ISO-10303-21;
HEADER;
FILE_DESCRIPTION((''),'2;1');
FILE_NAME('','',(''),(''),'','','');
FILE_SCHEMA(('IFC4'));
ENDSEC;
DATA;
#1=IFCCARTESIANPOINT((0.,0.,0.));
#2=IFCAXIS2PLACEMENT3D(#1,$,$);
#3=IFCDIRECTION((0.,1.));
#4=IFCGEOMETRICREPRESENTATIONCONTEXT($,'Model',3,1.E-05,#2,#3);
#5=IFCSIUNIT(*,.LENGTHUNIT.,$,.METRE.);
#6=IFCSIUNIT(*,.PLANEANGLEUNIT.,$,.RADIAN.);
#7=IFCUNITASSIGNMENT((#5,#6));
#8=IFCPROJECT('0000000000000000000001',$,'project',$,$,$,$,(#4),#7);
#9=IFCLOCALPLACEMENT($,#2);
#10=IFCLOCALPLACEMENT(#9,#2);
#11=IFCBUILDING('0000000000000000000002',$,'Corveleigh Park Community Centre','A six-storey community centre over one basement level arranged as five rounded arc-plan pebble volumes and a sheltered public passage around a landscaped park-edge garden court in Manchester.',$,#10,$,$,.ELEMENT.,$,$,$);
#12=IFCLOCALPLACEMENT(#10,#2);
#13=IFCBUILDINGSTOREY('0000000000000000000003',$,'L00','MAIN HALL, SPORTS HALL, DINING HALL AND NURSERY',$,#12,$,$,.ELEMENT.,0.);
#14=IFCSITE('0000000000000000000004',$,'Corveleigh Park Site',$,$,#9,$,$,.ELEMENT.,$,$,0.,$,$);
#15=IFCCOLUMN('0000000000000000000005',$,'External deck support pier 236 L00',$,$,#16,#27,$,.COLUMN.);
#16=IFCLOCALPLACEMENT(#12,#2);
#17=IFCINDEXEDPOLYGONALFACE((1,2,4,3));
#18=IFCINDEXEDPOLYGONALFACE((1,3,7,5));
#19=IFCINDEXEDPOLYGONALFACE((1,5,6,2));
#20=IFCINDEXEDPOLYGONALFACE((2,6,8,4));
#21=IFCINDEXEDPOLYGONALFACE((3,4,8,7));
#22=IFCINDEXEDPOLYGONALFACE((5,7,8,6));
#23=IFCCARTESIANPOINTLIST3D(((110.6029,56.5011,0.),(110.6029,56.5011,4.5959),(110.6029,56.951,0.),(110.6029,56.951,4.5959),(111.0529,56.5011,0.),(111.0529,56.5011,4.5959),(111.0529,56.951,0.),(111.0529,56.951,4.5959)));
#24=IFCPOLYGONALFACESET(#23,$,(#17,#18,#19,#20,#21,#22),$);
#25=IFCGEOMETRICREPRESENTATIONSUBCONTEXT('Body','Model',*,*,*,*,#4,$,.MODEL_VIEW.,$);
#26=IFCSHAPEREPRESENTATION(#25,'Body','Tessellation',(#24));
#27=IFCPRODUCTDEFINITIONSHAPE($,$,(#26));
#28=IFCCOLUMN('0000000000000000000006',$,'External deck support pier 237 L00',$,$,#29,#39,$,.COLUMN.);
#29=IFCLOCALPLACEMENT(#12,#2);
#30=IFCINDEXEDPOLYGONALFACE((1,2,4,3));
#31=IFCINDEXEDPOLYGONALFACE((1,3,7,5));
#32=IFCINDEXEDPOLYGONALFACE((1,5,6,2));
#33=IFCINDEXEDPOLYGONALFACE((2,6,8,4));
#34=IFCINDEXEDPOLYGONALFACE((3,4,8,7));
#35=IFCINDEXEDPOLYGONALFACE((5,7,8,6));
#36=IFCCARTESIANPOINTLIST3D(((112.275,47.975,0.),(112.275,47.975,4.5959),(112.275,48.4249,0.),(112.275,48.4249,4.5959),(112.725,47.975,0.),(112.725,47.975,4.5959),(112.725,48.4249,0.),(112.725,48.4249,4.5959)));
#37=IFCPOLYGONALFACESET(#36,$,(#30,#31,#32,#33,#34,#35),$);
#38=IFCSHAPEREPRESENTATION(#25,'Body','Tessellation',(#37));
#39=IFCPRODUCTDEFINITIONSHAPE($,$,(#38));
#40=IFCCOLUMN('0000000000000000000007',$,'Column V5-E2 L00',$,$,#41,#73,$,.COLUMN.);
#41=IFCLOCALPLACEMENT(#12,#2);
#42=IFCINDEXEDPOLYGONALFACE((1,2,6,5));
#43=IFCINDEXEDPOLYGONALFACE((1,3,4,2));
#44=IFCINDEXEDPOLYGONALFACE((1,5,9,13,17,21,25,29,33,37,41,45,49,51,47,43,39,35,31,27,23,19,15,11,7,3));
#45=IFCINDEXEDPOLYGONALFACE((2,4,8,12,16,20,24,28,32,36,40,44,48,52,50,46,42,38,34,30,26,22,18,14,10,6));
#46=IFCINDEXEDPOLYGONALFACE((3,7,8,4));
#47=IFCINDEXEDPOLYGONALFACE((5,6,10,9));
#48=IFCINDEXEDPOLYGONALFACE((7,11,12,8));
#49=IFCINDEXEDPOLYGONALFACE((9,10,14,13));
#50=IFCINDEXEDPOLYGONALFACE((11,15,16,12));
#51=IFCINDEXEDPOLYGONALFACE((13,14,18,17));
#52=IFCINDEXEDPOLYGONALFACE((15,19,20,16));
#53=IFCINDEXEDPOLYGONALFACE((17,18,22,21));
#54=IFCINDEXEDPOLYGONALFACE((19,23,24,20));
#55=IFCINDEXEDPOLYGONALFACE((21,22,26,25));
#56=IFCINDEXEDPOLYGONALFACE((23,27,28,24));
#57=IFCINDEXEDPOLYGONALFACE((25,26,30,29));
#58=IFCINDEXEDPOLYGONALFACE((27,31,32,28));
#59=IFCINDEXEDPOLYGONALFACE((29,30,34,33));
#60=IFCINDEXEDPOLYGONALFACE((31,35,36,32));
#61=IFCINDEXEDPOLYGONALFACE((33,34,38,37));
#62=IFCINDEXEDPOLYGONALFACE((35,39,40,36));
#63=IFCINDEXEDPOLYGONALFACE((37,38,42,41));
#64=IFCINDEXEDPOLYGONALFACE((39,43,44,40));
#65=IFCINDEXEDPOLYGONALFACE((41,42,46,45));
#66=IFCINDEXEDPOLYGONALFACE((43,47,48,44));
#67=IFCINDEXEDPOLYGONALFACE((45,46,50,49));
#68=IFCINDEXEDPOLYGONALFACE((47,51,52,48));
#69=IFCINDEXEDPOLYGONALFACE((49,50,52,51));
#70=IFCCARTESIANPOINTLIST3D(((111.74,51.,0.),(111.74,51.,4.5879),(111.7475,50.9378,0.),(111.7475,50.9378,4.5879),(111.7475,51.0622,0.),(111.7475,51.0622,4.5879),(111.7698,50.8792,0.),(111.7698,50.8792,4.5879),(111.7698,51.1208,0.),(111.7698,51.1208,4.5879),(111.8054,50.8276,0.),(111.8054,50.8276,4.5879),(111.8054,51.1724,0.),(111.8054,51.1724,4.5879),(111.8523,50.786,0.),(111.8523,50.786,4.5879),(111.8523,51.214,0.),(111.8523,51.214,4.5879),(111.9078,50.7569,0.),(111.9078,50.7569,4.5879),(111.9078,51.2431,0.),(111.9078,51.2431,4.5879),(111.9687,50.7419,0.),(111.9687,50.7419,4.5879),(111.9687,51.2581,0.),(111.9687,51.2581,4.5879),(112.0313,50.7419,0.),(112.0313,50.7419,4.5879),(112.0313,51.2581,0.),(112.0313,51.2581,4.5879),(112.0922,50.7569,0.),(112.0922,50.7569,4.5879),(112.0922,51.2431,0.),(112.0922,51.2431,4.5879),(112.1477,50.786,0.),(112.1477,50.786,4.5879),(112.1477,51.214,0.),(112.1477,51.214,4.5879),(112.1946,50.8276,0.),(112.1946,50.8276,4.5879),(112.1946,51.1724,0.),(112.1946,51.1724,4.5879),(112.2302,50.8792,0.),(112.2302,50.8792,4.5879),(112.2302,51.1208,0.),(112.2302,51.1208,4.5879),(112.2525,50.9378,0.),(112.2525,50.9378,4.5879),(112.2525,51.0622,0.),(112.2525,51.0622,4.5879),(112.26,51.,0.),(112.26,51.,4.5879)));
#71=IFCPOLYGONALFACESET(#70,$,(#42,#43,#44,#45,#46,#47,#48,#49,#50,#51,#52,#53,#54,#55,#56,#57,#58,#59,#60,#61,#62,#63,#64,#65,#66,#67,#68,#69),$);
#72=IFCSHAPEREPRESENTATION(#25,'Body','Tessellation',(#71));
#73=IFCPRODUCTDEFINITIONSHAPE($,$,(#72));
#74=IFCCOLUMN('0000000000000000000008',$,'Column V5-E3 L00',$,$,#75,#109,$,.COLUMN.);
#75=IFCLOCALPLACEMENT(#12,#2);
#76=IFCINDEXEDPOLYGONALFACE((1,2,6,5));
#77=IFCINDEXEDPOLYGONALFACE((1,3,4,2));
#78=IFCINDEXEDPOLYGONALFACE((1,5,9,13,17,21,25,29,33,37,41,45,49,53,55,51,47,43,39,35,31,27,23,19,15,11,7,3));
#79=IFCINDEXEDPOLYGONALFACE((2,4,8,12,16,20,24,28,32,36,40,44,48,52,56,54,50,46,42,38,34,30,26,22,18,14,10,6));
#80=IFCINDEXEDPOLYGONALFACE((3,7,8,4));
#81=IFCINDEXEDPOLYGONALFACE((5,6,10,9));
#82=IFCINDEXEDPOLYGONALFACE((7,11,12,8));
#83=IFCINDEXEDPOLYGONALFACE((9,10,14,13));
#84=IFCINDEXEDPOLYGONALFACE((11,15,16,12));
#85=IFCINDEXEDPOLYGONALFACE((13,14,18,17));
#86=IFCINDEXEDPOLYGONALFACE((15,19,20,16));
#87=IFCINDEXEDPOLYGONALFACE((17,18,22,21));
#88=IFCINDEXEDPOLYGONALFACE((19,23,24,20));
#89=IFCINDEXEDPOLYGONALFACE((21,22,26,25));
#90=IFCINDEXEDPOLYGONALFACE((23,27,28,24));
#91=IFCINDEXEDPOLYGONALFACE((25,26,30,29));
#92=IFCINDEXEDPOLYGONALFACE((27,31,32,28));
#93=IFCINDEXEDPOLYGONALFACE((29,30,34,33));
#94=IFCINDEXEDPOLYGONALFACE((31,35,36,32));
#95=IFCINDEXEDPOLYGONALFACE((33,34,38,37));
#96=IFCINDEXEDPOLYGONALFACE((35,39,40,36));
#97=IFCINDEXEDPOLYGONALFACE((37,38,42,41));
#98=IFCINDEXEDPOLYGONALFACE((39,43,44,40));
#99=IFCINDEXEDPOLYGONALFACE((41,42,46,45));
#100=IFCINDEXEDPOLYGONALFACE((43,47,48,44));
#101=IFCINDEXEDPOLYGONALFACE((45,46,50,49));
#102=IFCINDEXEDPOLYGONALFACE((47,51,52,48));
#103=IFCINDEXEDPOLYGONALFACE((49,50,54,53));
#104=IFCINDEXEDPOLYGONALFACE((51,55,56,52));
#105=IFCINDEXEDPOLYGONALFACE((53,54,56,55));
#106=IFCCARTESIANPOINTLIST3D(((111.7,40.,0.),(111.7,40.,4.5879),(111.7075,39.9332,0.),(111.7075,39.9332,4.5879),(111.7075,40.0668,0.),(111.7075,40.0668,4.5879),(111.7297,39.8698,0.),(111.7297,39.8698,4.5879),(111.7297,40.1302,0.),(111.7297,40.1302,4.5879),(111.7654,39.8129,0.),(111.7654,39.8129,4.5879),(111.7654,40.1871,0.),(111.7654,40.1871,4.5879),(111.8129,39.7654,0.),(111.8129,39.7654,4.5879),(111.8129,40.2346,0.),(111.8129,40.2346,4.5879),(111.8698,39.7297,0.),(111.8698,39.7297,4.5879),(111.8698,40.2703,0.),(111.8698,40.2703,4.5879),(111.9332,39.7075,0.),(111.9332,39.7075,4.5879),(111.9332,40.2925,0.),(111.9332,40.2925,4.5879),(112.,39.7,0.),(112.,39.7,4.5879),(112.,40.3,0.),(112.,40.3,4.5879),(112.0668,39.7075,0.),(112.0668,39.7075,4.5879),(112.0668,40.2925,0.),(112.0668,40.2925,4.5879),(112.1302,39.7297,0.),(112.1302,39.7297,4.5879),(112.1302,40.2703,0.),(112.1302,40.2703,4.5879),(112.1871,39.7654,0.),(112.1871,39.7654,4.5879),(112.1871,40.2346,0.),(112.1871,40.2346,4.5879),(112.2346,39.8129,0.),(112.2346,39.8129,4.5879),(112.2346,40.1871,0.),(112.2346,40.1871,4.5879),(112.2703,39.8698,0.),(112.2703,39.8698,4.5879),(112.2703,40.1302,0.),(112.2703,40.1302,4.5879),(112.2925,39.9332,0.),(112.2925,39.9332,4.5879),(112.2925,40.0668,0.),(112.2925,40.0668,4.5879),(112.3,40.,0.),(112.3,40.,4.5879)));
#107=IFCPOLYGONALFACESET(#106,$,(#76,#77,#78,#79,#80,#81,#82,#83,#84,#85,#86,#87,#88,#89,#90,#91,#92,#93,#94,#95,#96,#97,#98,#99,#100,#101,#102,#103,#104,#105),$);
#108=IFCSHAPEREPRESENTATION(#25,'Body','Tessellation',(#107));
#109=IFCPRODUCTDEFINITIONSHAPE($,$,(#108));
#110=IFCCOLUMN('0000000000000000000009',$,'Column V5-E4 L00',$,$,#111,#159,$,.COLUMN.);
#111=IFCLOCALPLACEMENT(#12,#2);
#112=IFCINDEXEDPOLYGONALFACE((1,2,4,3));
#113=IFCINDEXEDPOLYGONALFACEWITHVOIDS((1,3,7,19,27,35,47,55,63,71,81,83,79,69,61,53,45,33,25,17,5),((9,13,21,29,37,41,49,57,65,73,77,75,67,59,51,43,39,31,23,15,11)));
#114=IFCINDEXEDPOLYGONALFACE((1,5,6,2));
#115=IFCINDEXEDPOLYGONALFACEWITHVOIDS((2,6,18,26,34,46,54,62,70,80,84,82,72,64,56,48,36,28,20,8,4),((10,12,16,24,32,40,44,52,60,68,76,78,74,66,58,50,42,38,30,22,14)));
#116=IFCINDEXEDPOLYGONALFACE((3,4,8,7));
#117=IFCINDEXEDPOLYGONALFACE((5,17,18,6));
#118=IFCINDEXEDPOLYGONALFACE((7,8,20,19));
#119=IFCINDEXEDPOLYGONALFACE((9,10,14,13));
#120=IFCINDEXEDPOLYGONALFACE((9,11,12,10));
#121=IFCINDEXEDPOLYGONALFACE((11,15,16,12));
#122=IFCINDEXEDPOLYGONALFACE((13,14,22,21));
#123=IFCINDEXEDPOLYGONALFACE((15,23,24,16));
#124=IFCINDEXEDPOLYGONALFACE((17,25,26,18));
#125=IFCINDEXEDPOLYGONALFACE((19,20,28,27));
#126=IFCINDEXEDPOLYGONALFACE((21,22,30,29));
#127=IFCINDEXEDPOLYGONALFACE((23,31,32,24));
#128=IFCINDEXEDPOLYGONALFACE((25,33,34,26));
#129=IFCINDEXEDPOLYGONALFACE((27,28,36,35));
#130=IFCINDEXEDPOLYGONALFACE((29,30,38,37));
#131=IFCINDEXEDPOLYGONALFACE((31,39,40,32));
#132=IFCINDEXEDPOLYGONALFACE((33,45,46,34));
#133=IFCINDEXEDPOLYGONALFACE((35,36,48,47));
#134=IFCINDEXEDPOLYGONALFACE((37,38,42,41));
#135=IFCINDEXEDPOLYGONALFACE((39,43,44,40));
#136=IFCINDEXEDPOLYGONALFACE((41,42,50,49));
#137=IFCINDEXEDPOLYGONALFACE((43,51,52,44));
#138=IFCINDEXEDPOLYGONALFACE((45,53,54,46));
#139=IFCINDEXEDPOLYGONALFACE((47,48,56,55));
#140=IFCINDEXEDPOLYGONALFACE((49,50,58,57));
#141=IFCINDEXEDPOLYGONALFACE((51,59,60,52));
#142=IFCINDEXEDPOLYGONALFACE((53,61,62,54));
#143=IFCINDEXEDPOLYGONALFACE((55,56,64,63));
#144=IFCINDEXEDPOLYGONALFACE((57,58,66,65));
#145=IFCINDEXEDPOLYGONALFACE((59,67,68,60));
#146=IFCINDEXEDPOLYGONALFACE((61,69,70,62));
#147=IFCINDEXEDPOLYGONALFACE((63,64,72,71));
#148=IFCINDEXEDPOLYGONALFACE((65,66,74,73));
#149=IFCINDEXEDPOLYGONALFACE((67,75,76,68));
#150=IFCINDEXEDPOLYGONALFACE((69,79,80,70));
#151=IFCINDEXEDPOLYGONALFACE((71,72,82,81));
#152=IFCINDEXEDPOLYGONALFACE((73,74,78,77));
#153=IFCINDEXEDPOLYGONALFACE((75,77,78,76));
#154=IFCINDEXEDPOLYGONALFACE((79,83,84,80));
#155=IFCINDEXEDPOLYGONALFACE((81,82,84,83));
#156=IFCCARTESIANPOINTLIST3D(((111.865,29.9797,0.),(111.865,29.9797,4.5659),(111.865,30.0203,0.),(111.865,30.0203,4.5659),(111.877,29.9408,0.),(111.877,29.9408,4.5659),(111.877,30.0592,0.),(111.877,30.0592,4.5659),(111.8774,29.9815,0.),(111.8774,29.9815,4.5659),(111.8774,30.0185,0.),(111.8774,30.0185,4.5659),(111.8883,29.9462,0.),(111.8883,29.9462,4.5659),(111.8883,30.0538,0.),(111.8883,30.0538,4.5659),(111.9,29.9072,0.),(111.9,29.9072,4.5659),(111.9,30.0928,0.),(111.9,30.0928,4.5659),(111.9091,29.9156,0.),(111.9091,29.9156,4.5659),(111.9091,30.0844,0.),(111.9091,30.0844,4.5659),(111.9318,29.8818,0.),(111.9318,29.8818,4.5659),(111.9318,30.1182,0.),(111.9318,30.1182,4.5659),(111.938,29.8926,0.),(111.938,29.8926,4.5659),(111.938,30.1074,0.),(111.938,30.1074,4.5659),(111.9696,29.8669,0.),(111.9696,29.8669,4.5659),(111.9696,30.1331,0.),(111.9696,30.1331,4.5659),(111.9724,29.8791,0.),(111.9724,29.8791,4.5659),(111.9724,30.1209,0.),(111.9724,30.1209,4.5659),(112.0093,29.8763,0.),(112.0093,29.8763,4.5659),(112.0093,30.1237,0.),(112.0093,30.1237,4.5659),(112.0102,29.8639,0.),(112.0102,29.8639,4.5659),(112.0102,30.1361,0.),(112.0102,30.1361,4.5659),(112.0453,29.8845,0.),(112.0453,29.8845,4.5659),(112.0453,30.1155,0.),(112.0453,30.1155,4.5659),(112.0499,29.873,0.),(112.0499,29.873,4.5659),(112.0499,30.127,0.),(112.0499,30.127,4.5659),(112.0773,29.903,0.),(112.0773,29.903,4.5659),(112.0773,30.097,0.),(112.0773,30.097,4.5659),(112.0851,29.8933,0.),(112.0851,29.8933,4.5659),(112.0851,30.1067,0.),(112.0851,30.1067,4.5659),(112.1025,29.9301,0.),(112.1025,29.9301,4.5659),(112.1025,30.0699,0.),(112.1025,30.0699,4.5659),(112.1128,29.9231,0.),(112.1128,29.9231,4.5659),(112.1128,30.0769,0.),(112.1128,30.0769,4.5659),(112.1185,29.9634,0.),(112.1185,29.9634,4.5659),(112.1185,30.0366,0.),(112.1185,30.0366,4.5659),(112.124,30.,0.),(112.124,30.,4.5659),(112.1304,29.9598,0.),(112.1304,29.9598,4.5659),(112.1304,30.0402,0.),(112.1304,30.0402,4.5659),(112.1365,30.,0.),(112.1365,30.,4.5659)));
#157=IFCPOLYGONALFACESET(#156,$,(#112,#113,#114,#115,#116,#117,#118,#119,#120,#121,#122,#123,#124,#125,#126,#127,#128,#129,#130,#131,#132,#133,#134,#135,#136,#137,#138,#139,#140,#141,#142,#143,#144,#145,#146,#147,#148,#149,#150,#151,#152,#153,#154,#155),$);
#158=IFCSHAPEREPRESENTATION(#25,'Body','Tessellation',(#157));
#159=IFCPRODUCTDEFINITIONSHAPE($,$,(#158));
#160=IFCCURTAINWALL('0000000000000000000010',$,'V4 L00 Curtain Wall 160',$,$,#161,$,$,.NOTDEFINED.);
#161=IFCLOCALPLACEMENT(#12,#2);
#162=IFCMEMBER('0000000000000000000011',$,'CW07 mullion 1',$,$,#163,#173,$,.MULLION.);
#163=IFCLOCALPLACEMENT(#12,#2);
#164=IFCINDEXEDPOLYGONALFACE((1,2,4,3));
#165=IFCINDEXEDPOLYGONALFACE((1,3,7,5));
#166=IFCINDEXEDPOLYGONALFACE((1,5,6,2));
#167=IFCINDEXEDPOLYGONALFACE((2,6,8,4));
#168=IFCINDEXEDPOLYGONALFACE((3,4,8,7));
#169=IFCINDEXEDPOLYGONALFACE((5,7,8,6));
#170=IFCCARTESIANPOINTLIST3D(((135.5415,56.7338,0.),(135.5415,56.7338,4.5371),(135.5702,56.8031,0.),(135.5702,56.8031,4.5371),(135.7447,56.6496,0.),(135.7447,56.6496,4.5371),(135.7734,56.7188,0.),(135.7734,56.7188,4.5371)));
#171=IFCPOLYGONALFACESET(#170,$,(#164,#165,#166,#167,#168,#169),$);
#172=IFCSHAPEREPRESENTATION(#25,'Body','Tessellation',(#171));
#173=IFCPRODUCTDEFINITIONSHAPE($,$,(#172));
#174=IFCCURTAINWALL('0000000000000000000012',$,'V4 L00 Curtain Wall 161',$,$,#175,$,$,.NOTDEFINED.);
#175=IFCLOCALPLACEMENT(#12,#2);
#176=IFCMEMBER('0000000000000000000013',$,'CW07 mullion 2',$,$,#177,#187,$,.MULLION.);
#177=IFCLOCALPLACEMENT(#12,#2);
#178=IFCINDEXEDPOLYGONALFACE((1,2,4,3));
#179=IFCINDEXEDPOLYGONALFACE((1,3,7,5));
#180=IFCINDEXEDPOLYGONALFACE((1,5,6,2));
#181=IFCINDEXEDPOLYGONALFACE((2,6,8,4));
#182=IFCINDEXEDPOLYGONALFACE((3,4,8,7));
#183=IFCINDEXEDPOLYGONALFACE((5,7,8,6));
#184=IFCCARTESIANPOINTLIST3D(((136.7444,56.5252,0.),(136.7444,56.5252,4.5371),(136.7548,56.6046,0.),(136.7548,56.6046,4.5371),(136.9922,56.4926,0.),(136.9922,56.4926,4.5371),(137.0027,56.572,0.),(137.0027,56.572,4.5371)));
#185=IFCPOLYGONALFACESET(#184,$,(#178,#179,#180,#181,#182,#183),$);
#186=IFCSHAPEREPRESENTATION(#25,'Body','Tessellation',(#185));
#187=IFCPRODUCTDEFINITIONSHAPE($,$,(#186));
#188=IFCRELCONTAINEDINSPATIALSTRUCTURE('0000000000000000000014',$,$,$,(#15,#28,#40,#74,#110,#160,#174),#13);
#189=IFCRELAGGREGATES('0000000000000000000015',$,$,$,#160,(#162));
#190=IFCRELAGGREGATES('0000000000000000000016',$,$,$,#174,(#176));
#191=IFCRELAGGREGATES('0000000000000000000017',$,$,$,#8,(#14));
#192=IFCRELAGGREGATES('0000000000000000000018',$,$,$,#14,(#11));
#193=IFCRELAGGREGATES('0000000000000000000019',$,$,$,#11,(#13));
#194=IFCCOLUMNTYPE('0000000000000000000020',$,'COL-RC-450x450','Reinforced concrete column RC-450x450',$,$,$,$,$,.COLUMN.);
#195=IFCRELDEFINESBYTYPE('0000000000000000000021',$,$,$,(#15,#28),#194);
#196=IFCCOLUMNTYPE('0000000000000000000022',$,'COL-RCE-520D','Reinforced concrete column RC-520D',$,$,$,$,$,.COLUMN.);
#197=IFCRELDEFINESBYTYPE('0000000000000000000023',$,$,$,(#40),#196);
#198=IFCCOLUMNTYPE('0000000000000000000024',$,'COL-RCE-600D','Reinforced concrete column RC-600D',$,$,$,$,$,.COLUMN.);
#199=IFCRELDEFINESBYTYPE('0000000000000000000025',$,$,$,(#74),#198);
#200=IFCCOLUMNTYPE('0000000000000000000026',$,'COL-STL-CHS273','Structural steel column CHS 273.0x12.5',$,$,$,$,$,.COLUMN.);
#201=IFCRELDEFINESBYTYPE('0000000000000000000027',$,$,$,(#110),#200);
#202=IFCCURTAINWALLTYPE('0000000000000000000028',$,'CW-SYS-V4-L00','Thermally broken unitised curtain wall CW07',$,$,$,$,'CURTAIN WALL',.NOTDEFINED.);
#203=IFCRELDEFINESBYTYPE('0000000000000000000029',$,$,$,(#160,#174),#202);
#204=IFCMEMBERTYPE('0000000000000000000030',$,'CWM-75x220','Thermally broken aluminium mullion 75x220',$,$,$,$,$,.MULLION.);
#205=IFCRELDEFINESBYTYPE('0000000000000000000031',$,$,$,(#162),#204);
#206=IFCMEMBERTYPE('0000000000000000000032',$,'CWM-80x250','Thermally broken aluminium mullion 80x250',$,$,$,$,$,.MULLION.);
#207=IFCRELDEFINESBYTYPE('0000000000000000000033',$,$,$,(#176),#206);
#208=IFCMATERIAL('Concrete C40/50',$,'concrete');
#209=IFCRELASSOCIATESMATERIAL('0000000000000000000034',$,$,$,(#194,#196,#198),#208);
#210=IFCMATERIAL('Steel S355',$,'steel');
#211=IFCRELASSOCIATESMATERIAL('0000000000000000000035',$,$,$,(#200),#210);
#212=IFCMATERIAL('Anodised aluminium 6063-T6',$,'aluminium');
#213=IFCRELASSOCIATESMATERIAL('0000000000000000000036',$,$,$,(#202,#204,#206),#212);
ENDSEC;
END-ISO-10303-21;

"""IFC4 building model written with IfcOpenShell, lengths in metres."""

from ifc_helpers import new_model, si_unit, direction, frame, origin, origin_2d, place, context, subcontext, project, spatial, rectangle, circle, hollow_circle, extrude, material, material_profile, profile_set, type_object, element, aggregate, save


model = new_model("IFC4")

# Units and contexts
model_context = context("Model", 3, precision=1e-05, world=origin(), true_north=direction((0.0, 1.0)))
body_context = subcontext(model_context, "Body", "Model", "MODEL_VIEW")
ifc_project = project(units=[si_unit("LENGTHUNIT", "METRE"), si_unit("PLANEANGLEUNIT", "RADIAN")], contexts=[model_context])

# Site, building, storey
site_placement = place(None, origin())
site = spatial("IfcSite", under=ifc_project, at=site_placement, Name="Corveleigh Park Site", CompositionType="ELEMENT", RefElevation=0.0)
building_placement = place(site_placement, origin())
building = spatial("IfcBuilding", under=site, at=building_placement, Name="Corveleigh Park Community Centre", Description="A six-storey community centre over one basement level arranged as five rounded arc-plan pebble volumes and a sheltered public passage around a landscaped park-edge garden court in Manchester.", CompositionType="ELEMENT")
storey_placement = place(building_placement, origin())
storey = spatial("IfcBuildingStorey", under=building, at=storey_placement, Name="L00", Description="MAIN HALL, SPORTS HALL, DINING HALL AND NURSERY", CompositionType="ELEMENT", Elevation=0.0)

# Columns
ifc_material_1 = material(Name="Concrete C40/50", Category="concrete")
ifc_material_profile_1 = material_profile(ifc_material_1, rectangle(XDim=0.45, YDim=0.45, at=origin_2d()), Name="RC-450x450", Category="concrete")
ifc_profile_set_1 = profile_set([ifc_material_profile_1], Name="Concrete C40/50")
column_type_1 = type_object("IfcColumnType", Name="COL-RC-450x450", Description="Reinforced concrete column RC-450x450", PredefinedType="COLUMN", material=ifc_profile_set_1)
for number, where, z_axis, x_axis, name in (
    (1, (110.8279, 56.7261, 0.0), (0.0, 0.0, 1.0), (1.0, 0.0, 0.0), "External deck support pier 236 L00"),
    (2, (112.5, 48.2, 0.0), (0.0, 0.0, 1.0), (1.0, 0.0, 0.0), "External deck support pier 237 L00"),
):
    element("IfcColumn", number, at=place(storey_placement, frame(where, z_axis=z_axis, x_axis=x_axis)), inside=storey, type_object=column_type_1, Name=name, PredefinedType="COLUMN", context=body_context, shape_type="SweptSolid", body=[
        extrude(rectangle(XDim=0.45, YDim=0.45, at=origin_2d()), origin(), (0.0, 0.0, 1.0), 4.5959),
    ])
ifc_material_profile_2 = material_profile(ifc_material_1, circle(Radius=0.26, at=origin_2d()), Name="RC-520D", Category="concrete")
ifc_profile_set_2 = profile_set([ifc_material_profile_2], Name="Concrete C40/50")
column_type_2 = type_object("IfcColumnType", Name="COL-RCE-520D", Description="Reinforced concrete column RC-520D", PredefinedType="COLUMN", material=ifc_profile_set_2)
column_1_placement = place(storey_placement, frame((112.0, 51.0, 0.0), z_axis=(0.0, 0.0, 1.0), x_axis=(1.0, 0.0, 0.0)))
element("IfcColumn", 3, at=column_1_placement, inside=storey, type_object=column_type_2, Name="Column V5-E2 L00", PredefinedType="COLUMN", context=body_context, shape_type="SweptSolid", body=[
    extrude(circle(Radius=0.26, at=origin_2d()), origin(), (0.0, 0.0, 1.0), 4.5879),
])
ifc_material_profile_3 = material_profile(ifc_material_1, circle(Radius=0.3, at=origin_2d()), Name="RC-600D", Category="concrete")
ifc_profile_set_3 = profile_set([ifc_material_profile_3], Name="Concrete C40/50")
column_type_3 = type_object("IfcColumnType", Name="COL-RCE-600D", Description="Reinforced concrete column RC-600D", PredefinedType="COLUMN", material=ifc_profile_set_3)
column_2_placement = place(storey_placement, frame((112.0, 40.0, 0.0), z_axis=(0.0, 0.0, 1.0), x_axis=(1.0, 0.0, 0.0)))
element("IfcColumn", 4, at=column_2_placement, inside=storey, type_object=column_type_3, Name="Column V5-E3 L00", PredefinedType="COLUMN", context=body_context, shape_type="SweptSolid", body=[
    extrude(circle(Radius=0.3, at=origin_2d()), origin(), (0.0, 0.0, 1.0), 4.5879),
])
ifc_material_2 = material(Name="Steel S355", Category="steel")
ifc_material_profile_4 = material_profile(ifc_material_2, hollow_circle(Radius=0.1365, WallThickness=0.0125, at=origin_2d()), Name="CHS 273.0x12.5", Category="steel")
ifc_profile_set_4 = profile_set([ifc_material_profile_4], Name="Steel S355")
column_type_4 = type_object("IfcColumnType", Name="COL-STL-CHS273", Description="Structural steel column CHS 273.0x12.5", PredefinedType="COLUMN", material=ifc_profile_set_4)
column_3_placement = place(storey_placement, frame((112.0, 30.0, 0.0), z_axis=(0.0, 0.0, 1.0), x_axis=(1.0, 0.0, 0.0)))
element("IfcColumn", 5, at=column_3_placement, inside=storey, type_object=column_type_4, Name="Column V5-E4 L00", PredefinedType="COLUMN", context=body_context, shape_type="SweptSolid", body=[
    extrude(hollow_circle(Radius=0.1365, WallThickness=0.0125, at=origin_2d()), origin(), (0.0, 0.0, 1.0), 4.5659),
])

# Curtain wall, member
ifc_material_3 = material(Name="Anodised aluminium 6063-T6", Category="aluminium")
curtain_wall_type = type_object("IfcCurtainWallType", Name="CW-SYS-V4-L00", Description="Thermally broken unitised curtain wall CW07", ElementType="CURTAIN WALL", PredefinedType="NOTDEFINED", material=ifc_material_3)
curtain_wall_1_placement = place(storey_placement, origin())
curtain_wall_1 = element("IfcCurtainWall", 6, at=curtain_wall_1_placement, inside=storey, type_object=curtain_wall_type, Name="V4 L00 Curtain Wall 160", PredefinedType="NOTDEFINED")
ifc_material_profile_5 = material_profile(ifc_material_3, rectangle(XDim=0.075, YDim=0.22, at=origin_2d()), Name="ALU-M75x220", Category="aluminium")
ifc_profile_set_5 = profile_set([ifc_material_profile_5], Name="Anodised aluminium 6063-T6")
member_type_1 = type_object("IfcMemberType", Name="CWM-75x220", Description="Thermally broken aluminium mullion 75x220", PredefinedType="MULLION", material=ifc_profile_set_5)
member_1_placement = place(storey_placement, frame((135.6575, 56.7263, 0.0), z_axis=(0.0, 0.0, 1.0), x_axis=(-0.383024, -0.923738, 0.0)))
member_1 = element("IfcMember", 7, at=member_1_placement, type_object=member_type_1, Name="CW07 mullion 1", PredefinedType="MULLION", context=body_context, shape_type="SweptSolid", body=[
    extrude(rectangle(XDim=0.075, YDim=0.22, at=origin_2d()), origin(), (0.0, 0.0, 1.0), 4.5371),
])

# Curtain wall, member
curtain_wall_2_placement = place(storey_placement, origin())
curtain_wall_2 = element("IfcCurtainWall", 8, at=curtain_wall_2_placement, inside=storey, type_object=curtain_wall_type, Name="V4 L00 Curtain Wall 161", PredefinedType="NOTDEFINED")
ifc_material_profile_6 = material_profile(ifc_material_3, rectangle(XDim=0.0801, YDim=0.25, at=origin_2d()), Name="ALU-M80x250", Category="aluminium")
ifc_profile_set_6 = profile_set([ifc_material_profile_6], Name="Anodised aluminium 6063-T6")
member_type_2 = type_object("IfcMemberType", Name="CWM-80x250", Description="Thermally broken aluminium mullion 80x250", PredefinedType="MULLION", material=ifc_profile_set_6)
member_2_placement = place(storey_placement, frame((136.8735, 56.5486, 0.0), z_axis=(0.0, 0.0, 1.0), x_axis=(-0.130626, -0.991432, 0.0)))
member_2 = element("IfcMember", 9, at=member_2_placement, type_object=member_type_2, Name="CW07 mullion 2", PredefinedType="MULLION", context=body_context, shape_type="SweptSolid", body=[
    extrude(rectangle(XDim=0.0801, YDim=0.25, at=origin_2d()), origin(), (0.0, 0.0, 1.0), 4.5371),
])

aggregate(curtain_wall_1, [member_1])
aggregate(curtain_wall_2, [member_2])

save(model, "model.ifc")
